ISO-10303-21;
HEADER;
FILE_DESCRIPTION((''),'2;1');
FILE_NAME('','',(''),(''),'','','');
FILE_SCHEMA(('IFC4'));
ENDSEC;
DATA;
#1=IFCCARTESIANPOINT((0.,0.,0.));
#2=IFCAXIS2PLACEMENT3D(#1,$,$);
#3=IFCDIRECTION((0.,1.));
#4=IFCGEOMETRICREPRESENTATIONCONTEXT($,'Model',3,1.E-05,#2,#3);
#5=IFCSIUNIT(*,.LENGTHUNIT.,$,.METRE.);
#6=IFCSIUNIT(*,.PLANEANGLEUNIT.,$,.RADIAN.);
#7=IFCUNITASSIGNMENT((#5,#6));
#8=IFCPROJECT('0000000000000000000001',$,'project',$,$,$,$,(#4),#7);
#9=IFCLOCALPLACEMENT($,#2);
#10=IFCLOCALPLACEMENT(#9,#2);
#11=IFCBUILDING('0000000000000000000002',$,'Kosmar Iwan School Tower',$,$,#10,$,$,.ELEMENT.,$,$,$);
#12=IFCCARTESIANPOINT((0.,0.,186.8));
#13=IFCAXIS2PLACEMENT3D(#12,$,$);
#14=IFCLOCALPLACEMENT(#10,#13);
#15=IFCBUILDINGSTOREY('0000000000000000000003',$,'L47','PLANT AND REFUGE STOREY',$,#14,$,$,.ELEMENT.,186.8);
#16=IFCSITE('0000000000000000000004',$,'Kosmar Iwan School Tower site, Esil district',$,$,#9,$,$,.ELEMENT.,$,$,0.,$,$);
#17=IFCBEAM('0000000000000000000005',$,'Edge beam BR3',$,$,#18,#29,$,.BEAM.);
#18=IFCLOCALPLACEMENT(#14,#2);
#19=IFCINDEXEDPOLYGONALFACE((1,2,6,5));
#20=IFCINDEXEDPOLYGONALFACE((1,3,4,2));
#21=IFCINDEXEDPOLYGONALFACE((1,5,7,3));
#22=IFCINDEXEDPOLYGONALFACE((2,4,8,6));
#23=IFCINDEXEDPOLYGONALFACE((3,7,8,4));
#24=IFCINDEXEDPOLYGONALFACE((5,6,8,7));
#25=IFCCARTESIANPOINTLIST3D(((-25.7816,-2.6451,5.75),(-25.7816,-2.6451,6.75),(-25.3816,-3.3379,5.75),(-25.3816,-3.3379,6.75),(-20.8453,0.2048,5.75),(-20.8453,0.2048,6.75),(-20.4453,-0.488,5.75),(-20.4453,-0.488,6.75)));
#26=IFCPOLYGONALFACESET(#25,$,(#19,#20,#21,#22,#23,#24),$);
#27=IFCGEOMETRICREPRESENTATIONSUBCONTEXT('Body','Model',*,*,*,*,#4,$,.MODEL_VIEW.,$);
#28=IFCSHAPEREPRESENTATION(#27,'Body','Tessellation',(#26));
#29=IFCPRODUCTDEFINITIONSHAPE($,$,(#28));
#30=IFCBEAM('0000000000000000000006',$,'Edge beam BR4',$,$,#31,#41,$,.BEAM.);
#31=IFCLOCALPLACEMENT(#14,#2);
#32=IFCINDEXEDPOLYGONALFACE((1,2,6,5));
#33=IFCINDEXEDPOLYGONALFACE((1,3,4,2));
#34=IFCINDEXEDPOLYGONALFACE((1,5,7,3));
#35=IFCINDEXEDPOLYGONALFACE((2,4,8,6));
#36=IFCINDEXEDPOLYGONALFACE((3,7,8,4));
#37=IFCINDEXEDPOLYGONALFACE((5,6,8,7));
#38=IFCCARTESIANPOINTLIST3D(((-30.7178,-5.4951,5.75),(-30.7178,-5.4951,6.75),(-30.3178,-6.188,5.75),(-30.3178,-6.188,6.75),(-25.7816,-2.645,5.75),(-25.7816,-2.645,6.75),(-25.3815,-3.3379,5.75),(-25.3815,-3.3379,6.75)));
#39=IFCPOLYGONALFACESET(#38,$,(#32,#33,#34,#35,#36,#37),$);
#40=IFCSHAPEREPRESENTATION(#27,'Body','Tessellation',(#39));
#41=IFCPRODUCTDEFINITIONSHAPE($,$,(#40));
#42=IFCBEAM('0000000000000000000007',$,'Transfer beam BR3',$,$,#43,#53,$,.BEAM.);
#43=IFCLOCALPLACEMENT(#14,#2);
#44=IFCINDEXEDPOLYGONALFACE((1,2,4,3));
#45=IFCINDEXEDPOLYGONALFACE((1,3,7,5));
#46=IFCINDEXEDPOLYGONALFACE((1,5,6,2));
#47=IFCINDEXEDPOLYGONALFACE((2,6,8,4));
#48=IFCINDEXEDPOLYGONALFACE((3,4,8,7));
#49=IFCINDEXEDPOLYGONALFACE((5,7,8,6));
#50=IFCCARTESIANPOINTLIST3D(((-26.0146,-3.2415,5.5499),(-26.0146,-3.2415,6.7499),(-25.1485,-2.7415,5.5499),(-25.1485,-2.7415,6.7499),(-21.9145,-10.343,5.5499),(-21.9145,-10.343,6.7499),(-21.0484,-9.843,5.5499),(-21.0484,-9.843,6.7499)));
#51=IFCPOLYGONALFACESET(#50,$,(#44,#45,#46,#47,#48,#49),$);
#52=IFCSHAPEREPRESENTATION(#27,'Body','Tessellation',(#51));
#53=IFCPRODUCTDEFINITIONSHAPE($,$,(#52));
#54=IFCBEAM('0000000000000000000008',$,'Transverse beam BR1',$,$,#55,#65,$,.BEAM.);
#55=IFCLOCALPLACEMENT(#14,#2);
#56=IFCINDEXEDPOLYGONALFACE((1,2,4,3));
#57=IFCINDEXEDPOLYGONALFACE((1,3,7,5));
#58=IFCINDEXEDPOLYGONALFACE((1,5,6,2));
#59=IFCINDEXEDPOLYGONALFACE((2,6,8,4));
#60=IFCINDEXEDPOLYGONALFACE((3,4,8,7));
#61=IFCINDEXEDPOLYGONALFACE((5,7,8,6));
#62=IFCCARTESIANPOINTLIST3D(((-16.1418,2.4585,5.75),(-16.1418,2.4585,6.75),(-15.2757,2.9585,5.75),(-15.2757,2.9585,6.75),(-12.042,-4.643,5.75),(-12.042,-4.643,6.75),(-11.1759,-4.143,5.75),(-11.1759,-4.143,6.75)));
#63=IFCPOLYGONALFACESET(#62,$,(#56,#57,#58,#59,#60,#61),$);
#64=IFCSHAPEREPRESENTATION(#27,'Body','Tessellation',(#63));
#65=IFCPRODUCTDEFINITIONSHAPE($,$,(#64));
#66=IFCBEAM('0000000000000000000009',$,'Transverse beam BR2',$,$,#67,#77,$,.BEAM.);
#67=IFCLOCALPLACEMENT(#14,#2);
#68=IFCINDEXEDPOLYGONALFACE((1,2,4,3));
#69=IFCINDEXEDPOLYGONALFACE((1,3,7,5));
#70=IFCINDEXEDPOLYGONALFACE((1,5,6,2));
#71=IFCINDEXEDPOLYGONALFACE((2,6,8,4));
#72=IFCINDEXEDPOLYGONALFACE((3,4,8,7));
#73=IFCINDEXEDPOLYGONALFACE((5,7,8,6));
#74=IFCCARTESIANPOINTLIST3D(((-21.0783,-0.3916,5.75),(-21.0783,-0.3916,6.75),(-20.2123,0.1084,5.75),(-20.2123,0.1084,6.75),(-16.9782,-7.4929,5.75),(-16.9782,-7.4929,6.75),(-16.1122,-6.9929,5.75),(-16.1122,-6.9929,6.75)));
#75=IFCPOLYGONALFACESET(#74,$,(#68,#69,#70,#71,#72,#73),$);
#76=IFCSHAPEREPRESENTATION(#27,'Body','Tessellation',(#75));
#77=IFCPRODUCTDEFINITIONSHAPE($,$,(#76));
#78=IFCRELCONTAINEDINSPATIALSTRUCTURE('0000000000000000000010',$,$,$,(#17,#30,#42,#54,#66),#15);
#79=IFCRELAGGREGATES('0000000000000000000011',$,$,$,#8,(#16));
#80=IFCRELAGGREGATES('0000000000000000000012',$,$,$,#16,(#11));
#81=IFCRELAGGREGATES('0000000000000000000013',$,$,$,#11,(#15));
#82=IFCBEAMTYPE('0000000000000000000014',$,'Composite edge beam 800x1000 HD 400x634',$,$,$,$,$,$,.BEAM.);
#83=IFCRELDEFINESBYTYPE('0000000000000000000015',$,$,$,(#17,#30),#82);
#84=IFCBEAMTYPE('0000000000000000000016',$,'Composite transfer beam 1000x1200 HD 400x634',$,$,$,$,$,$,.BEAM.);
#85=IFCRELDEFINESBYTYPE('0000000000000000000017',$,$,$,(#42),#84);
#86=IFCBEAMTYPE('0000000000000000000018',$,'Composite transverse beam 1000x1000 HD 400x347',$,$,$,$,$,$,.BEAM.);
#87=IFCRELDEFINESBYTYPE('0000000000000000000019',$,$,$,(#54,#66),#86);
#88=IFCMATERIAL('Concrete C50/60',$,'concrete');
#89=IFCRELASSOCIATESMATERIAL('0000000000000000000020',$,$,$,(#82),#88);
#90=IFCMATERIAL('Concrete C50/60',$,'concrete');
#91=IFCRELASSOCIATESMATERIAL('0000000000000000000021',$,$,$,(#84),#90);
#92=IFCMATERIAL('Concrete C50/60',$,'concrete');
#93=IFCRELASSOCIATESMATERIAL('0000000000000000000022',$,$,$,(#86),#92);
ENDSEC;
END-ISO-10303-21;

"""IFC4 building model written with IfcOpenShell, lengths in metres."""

from ifc_helpers import new_model, si_unit, direction, frame, origin, origin_2d, place, context, subcontext, project, spatial, rectangle, extrude, material, material_profile, profile_set, type_object, element, save


model = new_model("IFC4")

# Units and contexts
model_context = context("Model", 3, precision=1e-05, world=origin(), true_north=direction((0.0, 1.0)))
body_context = subcontext(model_context, "Body", "Model", "MODEL_VIEW")
ifc_project = project(units=[si_unit("LENGTHUNIT", "METRE"), si_unit("PLANEANGLEUNIT", "RADIAN")], contexts=[model_context])

# Site, building, storey
site_placement = place(None, origin())
site = spatial("IfcSite", under=ifc_project, at=site_placement, Name="Kosmar Iwan School Tower site, Esil district", CompositionType="ELEMENT", RefElevation=0.0)
building_placement = place(site_placement, origin())
building = spatial("IfcBuilding", under=site, at=building_placement, Name="Kosmar Iwan School Tower", CompositionType="ELEMENT")
storey_placement = place(building_placement, frame((0.0, 0.0, 186.8)))
storey = spatial("IfcBuildingStorey", under=building, at=storey_placement, Name="L47", Description="PLANT AND REFUGE STOREY", CompositionType="ELEMENT", Elevation=186.8)

# Beams
ifc_material_1 = material(Name="Concrete C50/60", Category="concrete")
ifc_material_profile_1 = material_profile(ifc_material_1, rectangle(XDim=0.8, YDim=1.0, at=origin_2d()), Name="RC 800x1000 + HD 400x634")
ifc_profile_set_1 = profile_set([ifc_material_profile_1], Name="Concrete C50/60")
beam_type_1 = type_object("IfcBeamType", Name="Composite edge beam 800x1000 HD 400x634", PredefinedType="BEAM", material=ifc_profile_set_1)
for number, where, z_axis, x_axis, name in (
    (1, (-20.6453, -0.1416, 6.25), (-0.866034, -0.499986, 0.0), (0.499986, -0.866034, 0.0), "Edge beam BR3"),
    (2, (-25.5815, -2.9915, 6.25), (-0.866015, -0.500018, 0.0), (0.500018, -0.866015, 0.0), "Edge beam BR4"),
):
    element("IfcBeam", number, at=place(storey_placement, frame(where, z_axis=z_axis, x_axis=x_axis)), inside=storey, type_object=beam_type_1, Name=name, PredefinedType="BEAM", context=body_context, shape_type="SweptSolid", body=[
        extrude(rectangle(XDim=0.8, YDim=1.0, at=origin_2d()), origin(), (0.0, 0.0, 1.0), 5.7),
    ])
ifc_material_2 = material(Name="Concrete C50/60", Category="concrete")
ifc_material_profile_2 = material_profile(ifc_material_2, rectangle(XDim=1.0, YDim=1.2, at=origin_2d()), Name="RC 1000x1200 + HD 400x634")
ifc_profile_set_2 = profile_set([ifc_material_profile_2], Name="Concrete C50/60")
beam_type_2 = type_object("IfcBeamType", Name="Composite transfer beam 1000x1200 HD 400x634", PredefinedType="BEAM", material=ifc_profile_set_2)
beam_1_placement = place(storey_placement, frame((-25.5815, -2.9915, 6.1499), z_axis=(0.500001, -0.866025, 0.0), x_axis=(0.866025, 0.500001, 0.0)))
element("IfcBeam", 3, at=beam_1_placement, inside=storey, type_object=beam_type_2, Name="Transfer beam BR3", PredefinedType="BEAM", context=body_context, shape_type="SweptSolid", body=[
    extrude(rectangle(XDim=1.0, YDim=1.2, at=origin_2d()), origin(), (0.0, 0.0, 1.0), 8.2002),
])
ifc_material_3 = material(Name="Concrete C50/60", Category="concrete")
ifc_material_profile_3 = material_profile(ifc_material_3, rectangle(XDim=1.0, YDim=1.0, at=origin_2d()), Name="RC 1000x1000 + HD 400x347")
ifc_profile_set_3 = profile_set([ifc_material_profile_3], Name="Concrete C50/60")
beam_type_3 = type_object("IfcBeamType", Name="Composite transverse beam 1000x1000 HD 400x347", PredefinedType="BEAM", material=ifc_profile_set_3)
for number, where, z_axis, x_axis, name in (
    (4, (-15.7087, 2.7085, 6.25), (0.499978, -0.866038, 0.0), (0.866038, 0.499978, 0.0), "Transverse beam BR1"),
    (5, (-20.6453, -0.1416, 6.25), (0.500014, -0.866018, 0.0), (0.866018, 0.500014, 0.0), "Transverse beam BR2"),
):
    element("IfcBeam", number, at=place(storey_placement, frame(where, z_axis=z_axis, x_axis=x_axis)), inside=storey, type_object=beam_type_3, Name=name, PredefinedType="BEAM", context=body_context, shape_type="SweptSolid", body=[
        extrude(rectangle(XDim=1.0, YDim=1.0, at=origin_2d()), origin(), (0.0, 0.0, 1.0), 8.2),
    ])

save(model, "model.ifc")
